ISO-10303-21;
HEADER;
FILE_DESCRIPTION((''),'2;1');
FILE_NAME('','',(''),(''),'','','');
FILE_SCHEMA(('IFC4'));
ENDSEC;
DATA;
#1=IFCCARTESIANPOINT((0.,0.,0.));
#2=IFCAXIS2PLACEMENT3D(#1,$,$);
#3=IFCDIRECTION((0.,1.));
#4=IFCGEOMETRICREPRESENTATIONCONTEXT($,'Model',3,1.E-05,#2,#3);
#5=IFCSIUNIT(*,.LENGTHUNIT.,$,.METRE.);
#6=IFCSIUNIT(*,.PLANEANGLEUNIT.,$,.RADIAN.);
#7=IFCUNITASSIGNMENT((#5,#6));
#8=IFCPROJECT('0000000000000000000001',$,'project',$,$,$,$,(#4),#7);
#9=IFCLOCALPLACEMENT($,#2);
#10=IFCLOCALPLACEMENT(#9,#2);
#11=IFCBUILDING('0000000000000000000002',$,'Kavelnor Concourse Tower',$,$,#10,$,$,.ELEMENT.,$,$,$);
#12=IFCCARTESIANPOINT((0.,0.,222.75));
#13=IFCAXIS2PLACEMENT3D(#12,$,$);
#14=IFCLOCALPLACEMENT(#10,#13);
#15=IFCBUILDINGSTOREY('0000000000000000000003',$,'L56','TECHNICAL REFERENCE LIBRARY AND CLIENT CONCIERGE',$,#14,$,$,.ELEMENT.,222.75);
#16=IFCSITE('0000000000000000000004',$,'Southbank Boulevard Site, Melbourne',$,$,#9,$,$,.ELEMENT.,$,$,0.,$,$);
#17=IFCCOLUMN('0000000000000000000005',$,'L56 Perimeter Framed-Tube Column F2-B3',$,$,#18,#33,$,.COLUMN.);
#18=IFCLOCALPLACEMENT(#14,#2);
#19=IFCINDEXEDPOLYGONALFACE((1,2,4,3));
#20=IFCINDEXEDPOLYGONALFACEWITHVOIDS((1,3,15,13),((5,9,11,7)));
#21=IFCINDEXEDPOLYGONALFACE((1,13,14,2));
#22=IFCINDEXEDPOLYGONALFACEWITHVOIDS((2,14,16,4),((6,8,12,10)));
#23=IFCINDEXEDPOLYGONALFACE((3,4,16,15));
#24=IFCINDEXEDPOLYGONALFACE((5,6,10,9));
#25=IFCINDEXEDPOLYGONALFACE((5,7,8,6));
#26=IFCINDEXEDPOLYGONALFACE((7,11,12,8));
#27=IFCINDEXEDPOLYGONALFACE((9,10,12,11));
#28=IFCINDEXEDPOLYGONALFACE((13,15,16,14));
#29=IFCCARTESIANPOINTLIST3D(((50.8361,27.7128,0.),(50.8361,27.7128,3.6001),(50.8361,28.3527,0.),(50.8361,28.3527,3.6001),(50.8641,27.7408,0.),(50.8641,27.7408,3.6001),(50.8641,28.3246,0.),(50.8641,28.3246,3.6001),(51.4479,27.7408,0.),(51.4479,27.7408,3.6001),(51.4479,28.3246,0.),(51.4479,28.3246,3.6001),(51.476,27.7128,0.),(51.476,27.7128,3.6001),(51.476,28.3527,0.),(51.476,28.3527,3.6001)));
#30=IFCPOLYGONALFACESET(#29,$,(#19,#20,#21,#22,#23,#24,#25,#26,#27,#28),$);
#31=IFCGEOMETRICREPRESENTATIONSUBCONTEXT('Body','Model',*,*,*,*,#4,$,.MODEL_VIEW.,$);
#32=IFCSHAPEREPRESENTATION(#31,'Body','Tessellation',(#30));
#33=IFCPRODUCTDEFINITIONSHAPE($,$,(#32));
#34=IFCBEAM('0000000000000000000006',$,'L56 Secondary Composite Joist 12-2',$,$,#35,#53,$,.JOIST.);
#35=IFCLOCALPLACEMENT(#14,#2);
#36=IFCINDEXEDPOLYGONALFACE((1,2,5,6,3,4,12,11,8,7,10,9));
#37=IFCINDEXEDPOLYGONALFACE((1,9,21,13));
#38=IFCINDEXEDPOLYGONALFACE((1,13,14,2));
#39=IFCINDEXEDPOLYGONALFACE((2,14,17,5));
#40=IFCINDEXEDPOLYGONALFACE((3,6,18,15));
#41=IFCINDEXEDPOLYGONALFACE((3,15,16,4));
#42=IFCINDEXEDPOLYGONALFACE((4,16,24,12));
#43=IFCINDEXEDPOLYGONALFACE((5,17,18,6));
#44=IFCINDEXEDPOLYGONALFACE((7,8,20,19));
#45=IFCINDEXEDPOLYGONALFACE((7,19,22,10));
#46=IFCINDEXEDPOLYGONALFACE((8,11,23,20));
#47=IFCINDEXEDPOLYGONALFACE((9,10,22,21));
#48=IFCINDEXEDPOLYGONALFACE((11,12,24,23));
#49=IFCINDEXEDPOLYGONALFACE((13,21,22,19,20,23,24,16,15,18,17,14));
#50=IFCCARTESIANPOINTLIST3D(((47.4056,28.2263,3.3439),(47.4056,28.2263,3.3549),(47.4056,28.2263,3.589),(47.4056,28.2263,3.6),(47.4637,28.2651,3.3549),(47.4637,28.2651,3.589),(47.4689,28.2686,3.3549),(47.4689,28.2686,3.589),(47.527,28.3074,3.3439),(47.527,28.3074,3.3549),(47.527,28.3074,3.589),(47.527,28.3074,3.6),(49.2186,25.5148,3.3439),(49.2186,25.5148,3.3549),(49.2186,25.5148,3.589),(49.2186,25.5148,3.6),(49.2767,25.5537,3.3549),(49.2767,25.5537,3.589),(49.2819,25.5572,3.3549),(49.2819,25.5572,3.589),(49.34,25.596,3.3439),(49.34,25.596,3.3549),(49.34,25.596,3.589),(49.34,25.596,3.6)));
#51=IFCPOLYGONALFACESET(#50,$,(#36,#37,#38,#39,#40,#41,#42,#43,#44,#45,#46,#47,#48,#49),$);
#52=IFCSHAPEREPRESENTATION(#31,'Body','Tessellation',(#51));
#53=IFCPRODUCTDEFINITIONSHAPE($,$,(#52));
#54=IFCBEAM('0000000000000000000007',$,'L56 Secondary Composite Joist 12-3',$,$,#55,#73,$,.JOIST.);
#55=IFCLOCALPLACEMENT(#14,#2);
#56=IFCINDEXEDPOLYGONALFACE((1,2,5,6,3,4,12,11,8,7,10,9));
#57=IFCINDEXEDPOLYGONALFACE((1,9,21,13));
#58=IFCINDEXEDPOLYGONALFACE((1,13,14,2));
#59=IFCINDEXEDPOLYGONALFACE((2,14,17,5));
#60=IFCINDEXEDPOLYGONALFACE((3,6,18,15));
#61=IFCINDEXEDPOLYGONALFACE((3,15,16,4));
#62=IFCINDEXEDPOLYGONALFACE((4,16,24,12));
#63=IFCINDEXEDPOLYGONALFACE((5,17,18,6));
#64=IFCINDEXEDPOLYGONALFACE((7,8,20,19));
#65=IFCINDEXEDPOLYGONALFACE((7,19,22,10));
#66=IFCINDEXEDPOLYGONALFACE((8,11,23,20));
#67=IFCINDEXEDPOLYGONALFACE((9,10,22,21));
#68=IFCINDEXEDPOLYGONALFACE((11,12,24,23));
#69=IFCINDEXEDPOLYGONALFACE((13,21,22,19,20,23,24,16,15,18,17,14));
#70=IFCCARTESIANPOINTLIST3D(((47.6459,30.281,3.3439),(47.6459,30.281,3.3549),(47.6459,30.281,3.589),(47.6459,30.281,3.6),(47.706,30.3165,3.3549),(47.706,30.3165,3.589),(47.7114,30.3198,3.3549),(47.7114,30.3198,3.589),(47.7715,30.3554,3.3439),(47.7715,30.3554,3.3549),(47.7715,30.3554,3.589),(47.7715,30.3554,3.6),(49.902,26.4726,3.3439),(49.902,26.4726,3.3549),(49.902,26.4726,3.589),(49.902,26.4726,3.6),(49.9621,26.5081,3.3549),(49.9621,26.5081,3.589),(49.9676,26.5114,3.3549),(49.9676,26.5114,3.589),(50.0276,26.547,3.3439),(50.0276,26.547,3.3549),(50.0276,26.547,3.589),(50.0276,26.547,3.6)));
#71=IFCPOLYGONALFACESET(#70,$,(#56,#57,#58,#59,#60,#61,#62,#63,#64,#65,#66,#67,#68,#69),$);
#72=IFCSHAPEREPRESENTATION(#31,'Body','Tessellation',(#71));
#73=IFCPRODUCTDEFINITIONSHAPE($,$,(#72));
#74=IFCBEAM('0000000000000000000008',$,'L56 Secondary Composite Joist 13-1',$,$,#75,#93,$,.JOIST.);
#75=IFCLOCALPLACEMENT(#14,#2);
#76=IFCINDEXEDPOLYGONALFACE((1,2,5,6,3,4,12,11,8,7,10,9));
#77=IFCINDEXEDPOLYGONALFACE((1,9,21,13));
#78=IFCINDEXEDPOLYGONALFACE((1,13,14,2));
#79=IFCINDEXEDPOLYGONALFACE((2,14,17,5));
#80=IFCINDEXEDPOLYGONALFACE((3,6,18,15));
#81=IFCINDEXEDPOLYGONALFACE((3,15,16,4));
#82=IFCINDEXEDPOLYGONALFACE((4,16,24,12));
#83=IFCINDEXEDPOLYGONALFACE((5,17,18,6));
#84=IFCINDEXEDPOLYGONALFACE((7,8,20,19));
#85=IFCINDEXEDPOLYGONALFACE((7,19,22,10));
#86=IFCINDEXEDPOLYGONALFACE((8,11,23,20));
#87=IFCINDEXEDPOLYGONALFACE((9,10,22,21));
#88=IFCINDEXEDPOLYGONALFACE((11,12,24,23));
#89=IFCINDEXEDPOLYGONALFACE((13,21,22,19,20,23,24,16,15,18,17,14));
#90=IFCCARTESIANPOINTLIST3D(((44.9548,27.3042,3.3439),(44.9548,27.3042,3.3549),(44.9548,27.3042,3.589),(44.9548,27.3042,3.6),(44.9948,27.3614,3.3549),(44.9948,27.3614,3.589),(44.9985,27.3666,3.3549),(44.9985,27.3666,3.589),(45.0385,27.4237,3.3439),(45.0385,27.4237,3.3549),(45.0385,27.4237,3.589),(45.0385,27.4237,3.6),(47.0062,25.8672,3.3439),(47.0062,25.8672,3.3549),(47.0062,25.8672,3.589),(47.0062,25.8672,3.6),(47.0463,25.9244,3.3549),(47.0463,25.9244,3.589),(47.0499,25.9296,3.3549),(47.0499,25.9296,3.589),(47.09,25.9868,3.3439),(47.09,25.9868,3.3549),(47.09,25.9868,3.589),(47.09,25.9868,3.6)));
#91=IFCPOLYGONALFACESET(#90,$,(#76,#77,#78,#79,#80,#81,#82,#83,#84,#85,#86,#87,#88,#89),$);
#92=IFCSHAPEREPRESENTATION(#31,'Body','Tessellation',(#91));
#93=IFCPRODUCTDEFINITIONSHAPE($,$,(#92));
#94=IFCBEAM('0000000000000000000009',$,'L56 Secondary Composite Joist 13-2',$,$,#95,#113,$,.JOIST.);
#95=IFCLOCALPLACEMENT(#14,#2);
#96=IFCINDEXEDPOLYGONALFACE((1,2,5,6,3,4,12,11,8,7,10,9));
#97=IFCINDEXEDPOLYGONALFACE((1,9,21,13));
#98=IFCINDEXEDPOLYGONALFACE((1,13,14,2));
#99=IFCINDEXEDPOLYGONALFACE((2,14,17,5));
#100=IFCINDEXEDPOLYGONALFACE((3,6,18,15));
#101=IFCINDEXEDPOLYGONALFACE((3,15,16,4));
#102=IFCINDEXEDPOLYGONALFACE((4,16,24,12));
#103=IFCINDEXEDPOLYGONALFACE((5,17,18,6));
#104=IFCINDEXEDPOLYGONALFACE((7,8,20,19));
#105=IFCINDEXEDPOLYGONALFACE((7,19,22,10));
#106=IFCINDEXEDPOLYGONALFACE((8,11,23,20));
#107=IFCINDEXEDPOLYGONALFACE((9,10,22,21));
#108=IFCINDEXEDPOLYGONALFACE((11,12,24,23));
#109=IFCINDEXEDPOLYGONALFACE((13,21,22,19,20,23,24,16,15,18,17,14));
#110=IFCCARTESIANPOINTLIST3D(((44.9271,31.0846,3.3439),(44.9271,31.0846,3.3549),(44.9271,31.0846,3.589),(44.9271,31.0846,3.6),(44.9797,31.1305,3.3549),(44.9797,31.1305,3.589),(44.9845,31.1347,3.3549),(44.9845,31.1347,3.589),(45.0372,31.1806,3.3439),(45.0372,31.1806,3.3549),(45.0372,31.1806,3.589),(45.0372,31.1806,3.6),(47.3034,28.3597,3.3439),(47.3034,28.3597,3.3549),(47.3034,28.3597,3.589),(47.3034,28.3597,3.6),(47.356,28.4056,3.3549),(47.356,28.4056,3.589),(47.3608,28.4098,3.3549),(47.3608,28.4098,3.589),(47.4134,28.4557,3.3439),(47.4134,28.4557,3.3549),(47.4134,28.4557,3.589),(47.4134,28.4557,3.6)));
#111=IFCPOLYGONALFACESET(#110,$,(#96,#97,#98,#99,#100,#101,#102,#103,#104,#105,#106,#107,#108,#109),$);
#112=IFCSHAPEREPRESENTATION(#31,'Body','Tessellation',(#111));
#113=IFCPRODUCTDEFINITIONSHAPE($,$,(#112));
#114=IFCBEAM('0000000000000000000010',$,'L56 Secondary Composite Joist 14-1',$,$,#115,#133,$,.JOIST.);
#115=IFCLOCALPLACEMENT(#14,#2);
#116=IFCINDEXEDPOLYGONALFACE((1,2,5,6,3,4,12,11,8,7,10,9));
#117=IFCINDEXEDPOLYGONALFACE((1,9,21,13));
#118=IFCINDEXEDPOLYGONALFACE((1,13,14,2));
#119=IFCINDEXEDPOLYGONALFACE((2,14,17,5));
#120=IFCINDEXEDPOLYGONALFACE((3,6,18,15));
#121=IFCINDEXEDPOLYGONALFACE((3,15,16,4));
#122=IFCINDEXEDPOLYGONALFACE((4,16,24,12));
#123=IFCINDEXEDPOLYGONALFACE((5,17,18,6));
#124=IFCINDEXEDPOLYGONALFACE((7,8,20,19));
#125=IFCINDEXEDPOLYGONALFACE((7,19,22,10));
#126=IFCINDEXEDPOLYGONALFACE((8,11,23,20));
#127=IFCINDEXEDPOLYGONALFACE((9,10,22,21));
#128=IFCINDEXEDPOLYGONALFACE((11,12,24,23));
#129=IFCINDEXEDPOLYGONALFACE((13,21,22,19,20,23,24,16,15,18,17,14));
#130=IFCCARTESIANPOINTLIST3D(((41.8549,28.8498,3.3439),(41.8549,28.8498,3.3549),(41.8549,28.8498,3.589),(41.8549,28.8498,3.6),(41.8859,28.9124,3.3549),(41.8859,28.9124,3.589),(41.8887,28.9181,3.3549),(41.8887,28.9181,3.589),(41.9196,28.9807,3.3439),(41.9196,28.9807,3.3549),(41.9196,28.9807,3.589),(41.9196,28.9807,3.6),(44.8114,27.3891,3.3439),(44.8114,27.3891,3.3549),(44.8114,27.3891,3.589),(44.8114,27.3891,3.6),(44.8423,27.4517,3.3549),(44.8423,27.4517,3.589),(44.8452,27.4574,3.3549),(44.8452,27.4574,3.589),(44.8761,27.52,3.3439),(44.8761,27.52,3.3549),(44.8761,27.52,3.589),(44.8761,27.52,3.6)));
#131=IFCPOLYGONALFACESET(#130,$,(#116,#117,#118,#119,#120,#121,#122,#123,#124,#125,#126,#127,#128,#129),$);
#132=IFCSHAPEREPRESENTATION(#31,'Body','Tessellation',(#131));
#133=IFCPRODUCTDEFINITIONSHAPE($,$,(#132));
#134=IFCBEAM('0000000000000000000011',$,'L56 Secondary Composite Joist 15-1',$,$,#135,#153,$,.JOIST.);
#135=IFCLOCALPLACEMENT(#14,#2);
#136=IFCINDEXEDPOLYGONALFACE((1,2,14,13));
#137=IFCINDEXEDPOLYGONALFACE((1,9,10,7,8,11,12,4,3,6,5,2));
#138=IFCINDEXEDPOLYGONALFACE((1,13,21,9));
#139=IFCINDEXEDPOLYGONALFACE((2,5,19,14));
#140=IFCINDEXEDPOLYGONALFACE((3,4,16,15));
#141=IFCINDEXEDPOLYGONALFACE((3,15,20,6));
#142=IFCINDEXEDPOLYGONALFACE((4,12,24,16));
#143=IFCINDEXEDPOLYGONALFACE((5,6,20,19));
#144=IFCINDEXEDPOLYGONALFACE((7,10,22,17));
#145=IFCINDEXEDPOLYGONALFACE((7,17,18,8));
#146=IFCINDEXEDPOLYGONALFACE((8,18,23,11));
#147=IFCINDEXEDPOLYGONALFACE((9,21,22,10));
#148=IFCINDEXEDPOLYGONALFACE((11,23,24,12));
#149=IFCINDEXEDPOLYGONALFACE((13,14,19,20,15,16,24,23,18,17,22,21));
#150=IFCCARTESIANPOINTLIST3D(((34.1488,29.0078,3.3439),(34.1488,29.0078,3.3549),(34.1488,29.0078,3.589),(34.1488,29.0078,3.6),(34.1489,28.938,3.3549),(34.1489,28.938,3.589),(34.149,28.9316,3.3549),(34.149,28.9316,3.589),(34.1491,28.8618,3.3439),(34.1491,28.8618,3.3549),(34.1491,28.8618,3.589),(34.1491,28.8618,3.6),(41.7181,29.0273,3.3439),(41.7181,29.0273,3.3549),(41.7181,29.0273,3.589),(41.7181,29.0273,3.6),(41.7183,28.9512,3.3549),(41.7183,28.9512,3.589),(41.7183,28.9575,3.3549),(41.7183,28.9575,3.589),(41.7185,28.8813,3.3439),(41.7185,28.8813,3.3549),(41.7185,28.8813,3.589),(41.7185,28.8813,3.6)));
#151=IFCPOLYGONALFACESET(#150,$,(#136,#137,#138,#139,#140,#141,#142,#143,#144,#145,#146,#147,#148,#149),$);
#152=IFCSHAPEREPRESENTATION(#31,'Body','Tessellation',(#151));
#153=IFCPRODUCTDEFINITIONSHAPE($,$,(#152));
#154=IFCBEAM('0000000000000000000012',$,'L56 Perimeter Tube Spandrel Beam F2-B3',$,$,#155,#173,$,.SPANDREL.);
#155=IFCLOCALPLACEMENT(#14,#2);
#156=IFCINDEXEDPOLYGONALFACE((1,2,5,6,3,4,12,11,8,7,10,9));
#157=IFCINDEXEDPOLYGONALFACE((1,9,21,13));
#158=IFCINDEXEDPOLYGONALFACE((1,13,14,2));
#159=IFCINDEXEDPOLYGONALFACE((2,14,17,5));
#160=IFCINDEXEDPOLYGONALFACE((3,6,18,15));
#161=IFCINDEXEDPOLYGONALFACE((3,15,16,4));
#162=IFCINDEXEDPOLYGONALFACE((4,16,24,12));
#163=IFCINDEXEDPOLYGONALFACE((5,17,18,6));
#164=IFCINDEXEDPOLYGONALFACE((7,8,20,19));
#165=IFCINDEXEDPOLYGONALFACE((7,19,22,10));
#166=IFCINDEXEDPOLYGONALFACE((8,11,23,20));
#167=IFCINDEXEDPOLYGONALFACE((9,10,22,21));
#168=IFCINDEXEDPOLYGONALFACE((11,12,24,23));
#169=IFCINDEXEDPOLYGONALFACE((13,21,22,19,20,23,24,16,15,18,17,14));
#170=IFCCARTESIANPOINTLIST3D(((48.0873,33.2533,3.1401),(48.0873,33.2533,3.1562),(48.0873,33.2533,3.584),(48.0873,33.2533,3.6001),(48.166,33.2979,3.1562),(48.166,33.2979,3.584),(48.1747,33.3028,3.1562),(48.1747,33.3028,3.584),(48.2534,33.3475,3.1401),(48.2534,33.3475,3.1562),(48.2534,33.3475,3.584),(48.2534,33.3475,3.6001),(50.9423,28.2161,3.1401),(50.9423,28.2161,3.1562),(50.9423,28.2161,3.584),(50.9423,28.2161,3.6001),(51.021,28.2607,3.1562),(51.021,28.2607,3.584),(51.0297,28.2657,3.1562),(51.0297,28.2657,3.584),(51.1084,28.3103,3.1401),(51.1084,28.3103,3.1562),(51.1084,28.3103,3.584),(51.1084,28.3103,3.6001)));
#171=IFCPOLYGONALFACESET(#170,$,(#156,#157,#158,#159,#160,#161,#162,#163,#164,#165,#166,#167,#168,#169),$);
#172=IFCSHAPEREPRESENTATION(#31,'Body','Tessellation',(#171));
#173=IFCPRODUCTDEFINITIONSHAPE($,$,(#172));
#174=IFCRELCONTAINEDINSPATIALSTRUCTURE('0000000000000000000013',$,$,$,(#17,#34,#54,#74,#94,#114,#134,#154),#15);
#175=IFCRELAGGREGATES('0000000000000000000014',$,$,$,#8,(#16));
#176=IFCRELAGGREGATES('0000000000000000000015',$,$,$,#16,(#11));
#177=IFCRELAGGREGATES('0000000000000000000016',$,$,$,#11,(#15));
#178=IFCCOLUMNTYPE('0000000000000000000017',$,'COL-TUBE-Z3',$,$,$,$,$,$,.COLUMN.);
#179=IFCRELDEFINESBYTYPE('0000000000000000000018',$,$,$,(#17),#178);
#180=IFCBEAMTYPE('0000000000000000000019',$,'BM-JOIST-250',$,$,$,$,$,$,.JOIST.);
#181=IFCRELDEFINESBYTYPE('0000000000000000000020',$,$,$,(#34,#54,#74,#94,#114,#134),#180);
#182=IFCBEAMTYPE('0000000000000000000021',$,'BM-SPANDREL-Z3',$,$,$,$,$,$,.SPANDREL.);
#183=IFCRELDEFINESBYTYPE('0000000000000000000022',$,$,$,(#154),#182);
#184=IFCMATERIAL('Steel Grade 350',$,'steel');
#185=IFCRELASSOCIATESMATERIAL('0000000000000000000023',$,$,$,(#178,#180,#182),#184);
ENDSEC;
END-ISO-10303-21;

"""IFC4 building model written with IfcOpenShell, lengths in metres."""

from ifc_helpers import new_model, si_unit, direction, frame, origin, origin_2d, place, context, subcontext, project, spatial, hollow_rectangle, i_section, extrude, material, material_profile, profile_set, type_object, element, save


model = new_model("IFC4")

# Units and contexts
model_context = context("Model", 3, precision=1e-05, world=origin(), true_north=direction((0.0, 1.0)))
body_context = subcontext(model_context, "Body", "Model", "MODEL_VIEW")
ifc_project = project(units=[si_unit("LENGTHUNIT", "METRE"), si_unit("PLANEANGLEUNIT", "RADIAN")], contexts=[model_context])

# Site, building, storey
site_placement = place(None, origin())
site = spatial("IfcSite", under=ifc_project, at=site_placement, Name="Southbank Boulevard Site, Melbourne", CompositionType="ELEMENT", RefElevation=0.0)
building_placement = place(site_placement, origin())
building = spatial("IfcBuilding", under=site, at=building_placement, Name="Kavelnor Concourse Tower", CompositionType="ELEMENT")
storey_placement = place(building_placement, frame((0.0, 0.0, 222.75)))
storey = spatial("IfcBuildingStorey", under=building, at=storey_placement, Name="L56", Description="TECHNICAL REFERENCE LIBRARY AND CLIENT CONCIERGE", CompositionType="ELEMENT", Elevation=222.75)

# Column
ifc_material_1 = material(Name="Steel Grade 350", Category="steel")
ifc_material_profile_1 = material_profile(ifc_material_1, hollow_rectangle(XDim=0.6399, YDim=0.6399, WallThickness=0.0281, at=origin_2d()), Name="SHS 640x640x28")
ifc_profile_set_1 = profile_set([ifc_material_profile_1], Name="Steel Grade 350")
column_type = type_object("IfcColumnType", Name="COL-TUBE-Z3", PredefinedType="COLUMN", material=ifc_profile_set_1)
column_placement = place(storey_placement, frame((51.156, 28.0327, 0.0), z_axis=(0.0, 0.0, 1.0), x_axis=(1.0, 0.0, 0.0)))
element("IfcColumn", 1, at=column_placement, inside=storey, type_object=column_type, Name="L56 Perimeter Framed-Tube Column F2-B3", PredefinedType="COLUMN", context=body_context, shape_type="SweptSolid", body=[
    extrude(hollow_rectangle(XDim=0.6399, YDim=0.6399, WallThickness=0.0281, at=origin_2d()), origin(), (0.0, 0.0, 1.0), 3.6001),
])

# Beams
ifc_material_profile_2 = material_profile(ifc_material_1, i_section(OverallWidth=0.146, OverallDepth=0.2561, WebThickness=0.0063, FlangeThickness=0.011, at=origin_2d()), Name="250UB37")
ifc_profile_set_2 = profile_set([ifc_material_profile_2], Name="Steel Grade 350")
beam_type_1 = type_object("IfcBeamType", Name="BM-JOIST-250", PredefinedType="JOIST", material=ifc_profile_set_2)
beam_1_placement = place(storey_placement, frame((49.2793, 25.5554, 3.4719), z_axis=(-0.55584, 0.831289, 0.0), x_axis=(-0.831289, -0.55584, 0.0)))
element("IfcBeam", 2, at=beam_1_placement, inside=storey, type_object=beam_type_1, Name="L56 Secondary Composite Joist 12-2", PredefinedType="JOIST", context=body_context, shape_type="SweptSolid", body=[
    extrude(i_section(OverallWidth=0.146, OverallDepth=0.2561, WebThickness=0.0063, FlangeThickness=0.011, at=origin_2d()), origin(), (0.0, 0.0, 1.0), 3.2617),
])
beam_2_placement = place(storey_placement, frame((49.9648, 26.5098, 3.4719), z_axis=(-0.509686, 0.860361, 0.0), x_axis=(-0.860361, -0.509686, 0.0)))
element("IfcBeam", 3, at=beam_2_placement, inside=storey, type_object=beam_type_1, Name="L56 Secondary Composite Joist 12-3", PredefinedType="JOIST", context=body_context, shape_type="SweptSolid", body=[
    extrude(i_section(OverallWidth=0.146, OverallDepth=0.2561, WebThickness=0.0063, FlangeThickness=0.011, at=origin_2d()), origin(), (0.0, 0.0, 1.0), 4.4265),
])
beam_3_placement = place(storey_placement, frame((47.0481, 25.927, 3.4719), z_axis=(-0.819053, 0.573717, 0.0), x_axis=(-0.573717, -0.819053, 0.0)))
element("IfcBeam", 4, at=beam_3_placement, inside=storey, type_object=beam_type_1, Name="L56 Secondary Composite Joist 13-1", PredefinedType="JOIST", context=body_context, shape_type="SweptSolid", body=[
    extrude(i_section(OverallWidth=0.146, OverallDepth=0.2561, WebThickness=0.0063, FlangeThickness=0.011, at=origin_2d()), origin(), (0.0, 0.0, 1.0), 2.5046),
])
beam_4_placement = place(storey_placement, frame((47.3584, 28.4077, 3.4719), z_axis=(-0.657246, 0.753676, 0.0), x_axis=(-0.753676, -0.657246, 0.0)))
element("IfcBeam", 5, at=beam_4_placement, inside=storey, type_object=beam_type_1, Name="L56 Secondary Composite Joist 13-2", PredefinedType="JOIST", context=body_context, shape_type="SweptSolid", body=[
    extrude(i_section(OverallWidth=0.146, OverallDepth=0.2561, WebThickness=0.0063, FlangeThickness=0.011, at=origin_2d()), origin(), (0.0, 0.0, 1.0), 3.6155),
])
beam_5_placement = place(storey_placement, frame((44.8438, 27.4546, 3.4719), z_axis=(-0.896549, 0.442944, 0.0), x_axis=(-0.442944, -0.896549, 0.0)))
element("IfcBeam", 6, at=beam_5_placement, inside=storey, type_object=beam_type_1, Name="L56 Secondary Composite Joist 14-1", PredefinedType="JOIST", context=body_context, shape_type="SweptSolid", body=[
    extrude(i_section(OverallWidth=0.146, OverallDepth=0.2561, WebThickness=0.0063, FlangeThickness=0.011, at=origin_2d()), origin(), (0.0, 0.0, 1.0), 3.2976),
])
beam_6_placement = place(storey_placement, frame((41.7183, 28.9543, 3.4719), z_axis=(-0.999997, -0.00258, 0.0), x_axis=(0.00258, -0.999997, 0.0)))
element("IfcBeam", 7, at=beam_6_placement, inside=storey, type_object=beam_type_1, Name="L56 Secondary Composite Joist 15-1", PredefinedType="JOIST", context=body_context, shape_type="SweptSolid", body=[
    extrude(i_section(OverallWidth=0.146, OverallDepth=0.2561, WebThickness=0.0063, FlangeThickness=0.011, at=origin_2d()), origin(), (0.0, 0.0, 1.0), 7.5693),
])
ifc_material_profile_3 = material_profile(ifc_material_1, i_section(OverallWidth=0.1909, OverallDepth=0.46, WebThickness=0.01, FlangeThickness=0.0161, at=origin_2d()), Name="460UB82")
ifc_profile_set_3 = profile_set([ifc_material_profile_3], Name="Steel Grade 350")
beam_type_2 = type_object("IfcBeamType", Name="BM-SPANDREL-Z3", PredefinedType="SPANDREL", material=ifc_profile_set_3)
beam_7_placement = place(storey_placement, frame((51.0254, 28.2632, 3.3701), z_axis=(-0.493093, 0.869976, 0.0), x_axis=(-0.869976, -0.493093, 0.0)))
element("IfcBeam", 8, at=beam_7_placement, inside=storey, type_object=beam_type_2, Name="L56 Perimeter Tube Spandrel Beam F2-B3", PredefinedType="SPANDREL", context=body_context, shape_type="SweptSolid", body=[
    extrude(i_section(OverallWidth=0.1909, OverallDepth=0.46, WebThickness=0.01, FlangeThickness=0.0161, at=origin_2d()), origin(), (0.0, 0.0, 1.0), 5.79),
])

save(model, "model.ifc")
